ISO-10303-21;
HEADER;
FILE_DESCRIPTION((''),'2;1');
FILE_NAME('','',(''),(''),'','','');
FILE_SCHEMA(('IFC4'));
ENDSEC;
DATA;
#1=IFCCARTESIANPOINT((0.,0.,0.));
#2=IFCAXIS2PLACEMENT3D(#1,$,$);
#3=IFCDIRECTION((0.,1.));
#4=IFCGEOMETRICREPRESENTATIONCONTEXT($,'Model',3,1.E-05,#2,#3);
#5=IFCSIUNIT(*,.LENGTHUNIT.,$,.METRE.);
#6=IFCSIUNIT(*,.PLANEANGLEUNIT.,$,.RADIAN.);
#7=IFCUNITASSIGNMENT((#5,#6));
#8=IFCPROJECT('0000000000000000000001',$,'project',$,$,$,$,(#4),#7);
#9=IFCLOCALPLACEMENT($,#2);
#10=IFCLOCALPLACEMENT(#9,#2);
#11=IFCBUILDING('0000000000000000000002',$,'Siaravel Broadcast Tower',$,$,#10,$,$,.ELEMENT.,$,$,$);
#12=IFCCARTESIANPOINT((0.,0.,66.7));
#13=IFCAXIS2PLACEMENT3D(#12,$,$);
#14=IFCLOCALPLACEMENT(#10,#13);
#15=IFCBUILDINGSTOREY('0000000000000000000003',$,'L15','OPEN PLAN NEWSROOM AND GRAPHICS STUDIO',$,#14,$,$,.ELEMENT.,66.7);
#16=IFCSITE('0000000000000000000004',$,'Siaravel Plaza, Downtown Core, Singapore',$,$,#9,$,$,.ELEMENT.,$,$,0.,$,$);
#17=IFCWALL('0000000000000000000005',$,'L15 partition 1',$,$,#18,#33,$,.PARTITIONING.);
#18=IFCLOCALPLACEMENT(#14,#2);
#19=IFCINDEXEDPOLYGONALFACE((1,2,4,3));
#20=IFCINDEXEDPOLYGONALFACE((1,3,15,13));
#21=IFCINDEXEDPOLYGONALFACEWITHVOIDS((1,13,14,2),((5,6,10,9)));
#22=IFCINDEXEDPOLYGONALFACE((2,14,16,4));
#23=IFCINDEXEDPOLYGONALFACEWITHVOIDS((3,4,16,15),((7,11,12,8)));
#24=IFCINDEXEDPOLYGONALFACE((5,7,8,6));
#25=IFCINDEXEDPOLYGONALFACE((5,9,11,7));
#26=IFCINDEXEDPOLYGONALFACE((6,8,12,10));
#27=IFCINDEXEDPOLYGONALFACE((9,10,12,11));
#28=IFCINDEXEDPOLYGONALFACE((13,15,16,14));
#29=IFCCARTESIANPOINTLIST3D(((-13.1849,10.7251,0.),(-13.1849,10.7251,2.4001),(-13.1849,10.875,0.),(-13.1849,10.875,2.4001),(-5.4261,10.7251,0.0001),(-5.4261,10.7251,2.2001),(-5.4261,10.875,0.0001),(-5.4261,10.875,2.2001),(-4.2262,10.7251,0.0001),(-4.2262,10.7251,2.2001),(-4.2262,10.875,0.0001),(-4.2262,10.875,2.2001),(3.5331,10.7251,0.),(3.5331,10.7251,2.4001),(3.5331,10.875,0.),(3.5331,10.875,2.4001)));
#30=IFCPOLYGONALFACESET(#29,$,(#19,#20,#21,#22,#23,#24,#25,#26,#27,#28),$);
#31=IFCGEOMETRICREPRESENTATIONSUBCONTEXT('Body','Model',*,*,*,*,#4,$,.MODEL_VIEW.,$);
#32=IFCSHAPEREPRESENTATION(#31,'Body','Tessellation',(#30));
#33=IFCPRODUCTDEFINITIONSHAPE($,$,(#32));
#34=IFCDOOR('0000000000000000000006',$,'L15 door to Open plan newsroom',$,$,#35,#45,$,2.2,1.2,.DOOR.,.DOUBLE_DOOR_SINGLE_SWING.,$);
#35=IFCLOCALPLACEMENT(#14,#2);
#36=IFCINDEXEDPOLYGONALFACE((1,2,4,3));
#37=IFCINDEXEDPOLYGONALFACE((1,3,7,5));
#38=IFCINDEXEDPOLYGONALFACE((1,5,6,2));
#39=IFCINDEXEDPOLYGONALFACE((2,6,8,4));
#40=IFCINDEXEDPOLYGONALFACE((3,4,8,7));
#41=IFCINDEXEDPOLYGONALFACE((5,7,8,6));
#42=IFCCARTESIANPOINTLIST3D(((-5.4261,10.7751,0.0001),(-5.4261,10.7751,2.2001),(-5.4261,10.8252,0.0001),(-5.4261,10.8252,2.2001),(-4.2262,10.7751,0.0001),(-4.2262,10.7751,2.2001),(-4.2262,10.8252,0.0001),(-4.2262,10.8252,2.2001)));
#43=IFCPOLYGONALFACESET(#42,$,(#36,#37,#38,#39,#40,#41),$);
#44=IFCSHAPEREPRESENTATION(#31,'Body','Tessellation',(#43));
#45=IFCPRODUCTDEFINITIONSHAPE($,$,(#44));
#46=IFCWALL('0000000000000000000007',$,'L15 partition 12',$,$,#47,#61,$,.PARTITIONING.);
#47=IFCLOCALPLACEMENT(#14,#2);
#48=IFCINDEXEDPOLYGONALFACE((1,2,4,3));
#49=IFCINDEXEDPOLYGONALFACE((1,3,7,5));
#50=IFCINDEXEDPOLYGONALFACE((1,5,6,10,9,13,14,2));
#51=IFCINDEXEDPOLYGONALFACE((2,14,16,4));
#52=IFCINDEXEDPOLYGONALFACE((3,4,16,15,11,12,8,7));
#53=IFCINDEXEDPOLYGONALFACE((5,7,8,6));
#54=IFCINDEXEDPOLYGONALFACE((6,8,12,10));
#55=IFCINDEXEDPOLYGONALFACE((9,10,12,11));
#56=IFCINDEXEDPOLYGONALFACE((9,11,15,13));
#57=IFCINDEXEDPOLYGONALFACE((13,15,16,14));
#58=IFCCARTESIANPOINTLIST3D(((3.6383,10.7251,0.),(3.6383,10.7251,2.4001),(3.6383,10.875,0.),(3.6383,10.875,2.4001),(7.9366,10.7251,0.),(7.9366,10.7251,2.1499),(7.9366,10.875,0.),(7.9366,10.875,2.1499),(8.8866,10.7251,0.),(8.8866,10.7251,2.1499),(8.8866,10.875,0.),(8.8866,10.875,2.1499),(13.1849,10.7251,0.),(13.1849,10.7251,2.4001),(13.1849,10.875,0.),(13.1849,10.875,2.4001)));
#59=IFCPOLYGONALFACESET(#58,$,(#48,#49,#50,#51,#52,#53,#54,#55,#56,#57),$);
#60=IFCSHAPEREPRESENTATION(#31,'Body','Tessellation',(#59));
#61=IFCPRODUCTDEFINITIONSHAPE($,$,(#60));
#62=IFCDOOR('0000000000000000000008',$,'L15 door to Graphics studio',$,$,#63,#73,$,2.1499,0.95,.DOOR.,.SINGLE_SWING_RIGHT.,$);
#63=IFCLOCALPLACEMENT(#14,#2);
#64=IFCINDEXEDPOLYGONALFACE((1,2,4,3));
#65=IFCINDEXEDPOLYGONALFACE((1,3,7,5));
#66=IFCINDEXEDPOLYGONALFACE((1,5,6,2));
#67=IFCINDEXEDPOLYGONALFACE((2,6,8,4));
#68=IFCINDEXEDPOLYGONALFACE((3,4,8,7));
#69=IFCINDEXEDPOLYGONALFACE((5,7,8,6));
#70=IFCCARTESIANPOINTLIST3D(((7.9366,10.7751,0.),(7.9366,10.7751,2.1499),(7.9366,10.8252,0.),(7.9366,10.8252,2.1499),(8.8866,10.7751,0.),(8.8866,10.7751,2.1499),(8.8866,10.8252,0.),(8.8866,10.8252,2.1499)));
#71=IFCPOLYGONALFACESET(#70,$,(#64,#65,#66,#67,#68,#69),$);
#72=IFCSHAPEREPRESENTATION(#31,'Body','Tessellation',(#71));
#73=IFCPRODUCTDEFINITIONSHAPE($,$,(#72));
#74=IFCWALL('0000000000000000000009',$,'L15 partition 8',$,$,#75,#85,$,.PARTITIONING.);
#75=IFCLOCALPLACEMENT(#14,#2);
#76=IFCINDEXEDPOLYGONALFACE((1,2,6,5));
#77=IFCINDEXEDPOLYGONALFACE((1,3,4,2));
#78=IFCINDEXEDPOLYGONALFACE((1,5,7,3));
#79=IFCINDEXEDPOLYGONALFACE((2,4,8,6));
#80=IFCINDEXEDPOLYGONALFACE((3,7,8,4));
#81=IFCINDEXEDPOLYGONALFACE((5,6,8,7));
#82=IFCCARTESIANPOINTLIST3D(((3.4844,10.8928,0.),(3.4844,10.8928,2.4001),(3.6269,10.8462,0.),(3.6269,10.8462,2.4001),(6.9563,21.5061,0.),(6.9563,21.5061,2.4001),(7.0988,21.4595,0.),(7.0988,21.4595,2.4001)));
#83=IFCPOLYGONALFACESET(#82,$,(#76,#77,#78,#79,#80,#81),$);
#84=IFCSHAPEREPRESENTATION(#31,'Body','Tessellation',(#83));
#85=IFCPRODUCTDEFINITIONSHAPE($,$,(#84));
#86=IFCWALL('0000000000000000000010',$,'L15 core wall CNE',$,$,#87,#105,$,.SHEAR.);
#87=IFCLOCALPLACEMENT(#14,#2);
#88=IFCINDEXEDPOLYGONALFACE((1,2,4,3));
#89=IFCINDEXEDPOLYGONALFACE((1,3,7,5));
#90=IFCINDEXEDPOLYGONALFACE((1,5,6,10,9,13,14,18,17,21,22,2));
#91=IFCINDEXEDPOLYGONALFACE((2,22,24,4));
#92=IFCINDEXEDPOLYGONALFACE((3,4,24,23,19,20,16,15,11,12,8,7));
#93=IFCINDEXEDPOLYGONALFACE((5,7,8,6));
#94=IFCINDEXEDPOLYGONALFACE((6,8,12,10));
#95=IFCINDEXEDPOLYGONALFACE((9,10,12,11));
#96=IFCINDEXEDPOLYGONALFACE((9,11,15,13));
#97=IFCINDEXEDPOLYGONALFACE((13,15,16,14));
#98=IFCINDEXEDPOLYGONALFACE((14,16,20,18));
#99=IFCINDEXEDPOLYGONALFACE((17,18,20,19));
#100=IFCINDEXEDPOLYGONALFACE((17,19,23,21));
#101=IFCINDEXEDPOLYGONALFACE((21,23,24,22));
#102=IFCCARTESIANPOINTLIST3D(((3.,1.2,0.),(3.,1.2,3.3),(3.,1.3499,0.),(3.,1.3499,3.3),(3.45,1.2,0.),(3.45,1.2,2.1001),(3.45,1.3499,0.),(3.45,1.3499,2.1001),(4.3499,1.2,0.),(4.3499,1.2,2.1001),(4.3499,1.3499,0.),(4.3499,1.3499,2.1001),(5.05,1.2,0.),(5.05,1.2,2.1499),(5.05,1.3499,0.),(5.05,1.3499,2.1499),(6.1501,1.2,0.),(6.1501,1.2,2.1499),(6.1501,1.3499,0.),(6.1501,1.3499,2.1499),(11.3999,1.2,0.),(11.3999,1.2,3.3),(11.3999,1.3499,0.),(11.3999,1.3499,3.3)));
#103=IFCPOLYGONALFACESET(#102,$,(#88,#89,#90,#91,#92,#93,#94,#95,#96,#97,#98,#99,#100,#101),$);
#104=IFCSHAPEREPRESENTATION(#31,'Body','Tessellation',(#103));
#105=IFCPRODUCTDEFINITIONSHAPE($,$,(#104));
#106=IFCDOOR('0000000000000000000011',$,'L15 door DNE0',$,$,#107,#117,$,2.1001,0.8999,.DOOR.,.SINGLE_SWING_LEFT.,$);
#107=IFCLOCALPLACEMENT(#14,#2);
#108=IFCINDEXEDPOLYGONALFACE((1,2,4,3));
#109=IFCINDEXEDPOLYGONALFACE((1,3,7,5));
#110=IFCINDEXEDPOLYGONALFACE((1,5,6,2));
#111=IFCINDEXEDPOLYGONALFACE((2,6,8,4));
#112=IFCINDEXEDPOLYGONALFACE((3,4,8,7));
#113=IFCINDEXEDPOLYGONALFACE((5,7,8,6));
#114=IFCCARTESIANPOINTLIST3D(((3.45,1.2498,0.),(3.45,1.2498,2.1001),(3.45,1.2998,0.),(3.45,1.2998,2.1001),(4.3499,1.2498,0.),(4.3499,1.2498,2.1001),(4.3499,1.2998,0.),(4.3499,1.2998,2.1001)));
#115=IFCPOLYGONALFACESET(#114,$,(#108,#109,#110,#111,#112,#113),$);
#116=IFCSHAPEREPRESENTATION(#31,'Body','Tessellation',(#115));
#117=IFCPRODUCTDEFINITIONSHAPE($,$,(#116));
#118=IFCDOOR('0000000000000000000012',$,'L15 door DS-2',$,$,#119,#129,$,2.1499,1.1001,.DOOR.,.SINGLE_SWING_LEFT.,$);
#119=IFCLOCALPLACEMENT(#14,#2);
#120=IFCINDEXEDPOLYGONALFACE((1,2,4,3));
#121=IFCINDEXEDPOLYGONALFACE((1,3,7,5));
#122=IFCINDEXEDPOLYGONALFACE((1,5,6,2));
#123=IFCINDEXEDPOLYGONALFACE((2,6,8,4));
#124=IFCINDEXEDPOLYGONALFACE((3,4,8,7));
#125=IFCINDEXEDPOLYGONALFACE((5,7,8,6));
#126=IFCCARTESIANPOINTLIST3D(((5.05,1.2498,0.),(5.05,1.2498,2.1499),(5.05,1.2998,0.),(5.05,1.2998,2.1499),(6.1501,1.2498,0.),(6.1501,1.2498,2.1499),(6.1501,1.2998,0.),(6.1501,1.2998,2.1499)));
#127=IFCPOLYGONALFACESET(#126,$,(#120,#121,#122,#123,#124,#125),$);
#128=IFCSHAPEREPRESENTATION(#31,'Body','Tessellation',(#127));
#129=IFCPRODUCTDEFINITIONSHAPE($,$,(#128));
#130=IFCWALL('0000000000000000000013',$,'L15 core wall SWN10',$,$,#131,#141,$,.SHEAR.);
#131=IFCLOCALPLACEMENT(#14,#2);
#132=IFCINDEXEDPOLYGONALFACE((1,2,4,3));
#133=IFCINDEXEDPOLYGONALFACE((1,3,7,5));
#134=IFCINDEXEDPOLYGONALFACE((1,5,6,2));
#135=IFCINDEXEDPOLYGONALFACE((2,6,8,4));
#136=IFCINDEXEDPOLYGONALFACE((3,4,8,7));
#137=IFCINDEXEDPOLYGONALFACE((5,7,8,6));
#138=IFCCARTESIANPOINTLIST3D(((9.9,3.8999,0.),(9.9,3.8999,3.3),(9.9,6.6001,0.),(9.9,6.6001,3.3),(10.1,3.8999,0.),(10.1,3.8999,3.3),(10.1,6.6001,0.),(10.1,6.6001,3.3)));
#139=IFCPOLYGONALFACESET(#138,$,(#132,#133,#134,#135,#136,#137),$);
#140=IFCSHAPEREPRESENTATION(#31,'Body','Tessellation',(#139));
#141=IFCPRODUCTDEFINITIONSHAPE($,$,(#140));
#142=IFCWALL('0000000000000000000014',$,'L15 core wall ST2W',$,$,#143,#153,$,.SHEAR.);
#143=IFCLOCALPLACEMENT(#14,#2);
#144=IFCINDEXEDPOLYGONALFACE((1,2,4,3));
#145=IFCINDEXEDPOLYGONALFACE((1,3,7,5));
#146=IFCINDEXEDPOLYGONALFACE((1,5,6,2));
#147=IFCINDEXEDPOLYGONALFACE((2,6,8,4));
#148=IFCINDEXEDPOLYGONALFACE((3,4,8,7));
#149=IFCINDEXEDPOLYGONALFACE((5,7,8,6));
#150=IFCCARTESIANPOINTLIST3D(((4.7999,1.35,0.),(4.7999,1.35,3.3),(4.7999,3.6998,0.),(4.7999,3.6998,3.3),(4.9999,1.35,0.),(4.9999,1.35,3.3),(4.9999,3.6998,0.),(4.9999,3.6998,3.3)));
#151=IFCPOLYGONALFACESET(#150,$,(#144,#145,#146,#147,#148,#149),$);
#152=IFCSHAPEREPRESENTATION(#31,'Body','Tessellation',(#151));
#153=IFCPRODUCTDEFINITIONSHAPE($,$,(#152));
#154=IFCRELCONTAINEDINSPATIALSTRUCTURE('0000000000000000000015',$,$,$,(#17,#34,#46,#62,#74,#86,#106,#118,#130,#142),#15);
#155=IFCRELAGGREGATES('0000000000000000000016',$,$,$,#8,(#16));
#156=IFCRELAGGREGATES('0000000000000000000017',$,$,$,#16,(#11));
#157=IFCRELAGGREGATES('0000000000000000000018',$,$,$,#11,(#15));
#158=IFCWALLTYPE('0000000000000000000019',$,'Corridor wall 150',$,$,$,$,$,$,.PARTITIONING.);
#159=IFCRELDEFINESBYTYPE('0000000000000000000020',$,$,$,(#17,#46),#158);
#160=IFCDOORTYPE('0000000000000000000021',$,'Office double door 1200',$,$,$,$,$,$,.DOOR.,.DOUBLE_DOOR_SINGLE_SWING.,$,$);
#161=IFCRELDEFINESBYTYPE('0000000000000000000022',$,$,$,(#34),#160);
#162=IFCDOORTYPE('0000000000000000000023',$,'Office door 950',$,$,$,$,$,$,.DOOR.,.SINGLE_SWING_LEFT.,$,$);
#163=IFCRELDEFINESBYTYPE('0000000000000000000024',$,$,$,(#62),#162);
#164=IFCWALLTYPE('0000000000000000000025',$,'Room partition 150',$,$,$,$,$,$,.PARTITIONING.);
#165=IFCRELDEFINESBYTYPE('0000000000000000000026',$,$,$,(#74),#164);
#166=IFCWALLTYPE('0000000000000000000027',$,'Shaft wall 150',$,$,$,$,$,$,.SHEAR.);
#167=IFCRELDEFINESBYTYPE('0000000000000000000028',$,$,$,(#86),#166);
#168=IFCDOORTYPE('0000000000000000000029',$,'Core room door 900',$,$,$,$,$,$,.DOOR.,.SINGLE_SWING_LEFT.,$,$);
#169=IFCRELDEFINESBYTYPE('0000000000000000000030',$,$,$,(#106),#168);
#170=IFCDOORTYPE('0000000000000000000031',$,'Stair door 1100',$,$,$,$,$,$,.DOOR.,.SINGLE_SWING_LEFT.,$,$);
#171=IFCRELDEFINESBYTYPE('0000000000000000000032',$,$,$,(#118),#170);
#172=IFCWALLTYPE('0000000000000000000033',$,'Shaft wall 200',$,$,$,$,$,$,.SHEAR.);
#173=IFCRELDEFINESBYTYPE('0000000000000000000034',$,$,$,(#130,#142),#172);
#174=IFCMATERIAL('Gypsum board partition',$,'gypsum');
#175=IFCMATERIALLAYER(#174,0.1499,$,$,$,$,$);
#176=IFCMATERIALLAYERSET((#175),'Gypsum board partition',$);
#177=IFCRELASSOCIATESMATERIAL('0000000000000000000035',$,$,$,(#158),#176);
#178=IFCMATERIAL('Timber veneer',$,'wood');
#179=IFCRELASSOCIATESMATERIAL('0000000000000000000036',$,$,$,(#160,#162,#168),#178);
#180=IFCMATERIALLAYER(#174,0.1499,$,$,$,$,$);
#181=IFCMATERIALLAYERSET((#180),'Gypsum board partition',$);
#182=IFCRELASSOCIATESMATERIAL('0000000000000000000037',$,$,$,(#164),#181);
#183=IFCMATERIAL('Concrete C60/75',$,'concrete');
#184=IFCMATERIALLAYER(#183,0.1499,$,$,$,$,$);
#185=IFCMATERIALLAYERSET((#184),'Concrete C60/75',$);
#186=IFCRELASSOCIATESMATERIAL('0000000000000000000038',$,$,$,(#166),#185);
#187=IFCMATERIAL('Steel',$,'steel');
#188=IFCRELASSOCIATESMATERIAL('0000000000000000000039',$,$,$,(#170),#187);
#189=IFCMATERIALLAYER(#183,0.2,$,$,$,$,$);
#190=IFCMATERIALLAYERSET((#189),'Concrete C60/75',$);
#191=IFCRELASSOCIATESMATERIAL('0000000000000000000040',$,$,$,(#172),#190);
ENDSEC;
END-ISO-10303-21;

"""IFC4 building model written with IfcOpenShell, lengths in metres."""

from ifc_helpers import new_model, si_unit, direction, frame, frame_2d, origin, place, context, subcontext, project, spatial, rectangle, extrude, material, layer, layer_set, type_object, element, fill, save


model = new_model("IFC4")

# Units and contexts
model_context = context("Model", 3, precision=1e-05, world=origin(), true_north=direction((0.0, 1.0)))
body_context = subcontext(model_context, "Body", "Model", "MODEL_VIEW")
ifc_project = project(units=[si_unit("LENGTHUNIT", "METRE"), si_unit("PLANEANGLEUNIT", "RADIAN")], contexts=[model_context])

# Site, building, storey
site_placement = place(None, origin())
site = spatial("IfcSite", under=ifc_project, at=site_placement, Name="Siaravel Plaza, Downtown Core, Singapore", CompositionType="ELEMENT", RefElevation=0.0)
building_placement = place(site_placement, origin())
building = spatial("IfcBuilding", under=site, at=building_placement, Name="Siaravel Broadcast Tower", CompositionType="ELEMENT")
storey_placement = place(building_placement, frame((0.0, 0.0, 66.7)))
storey = spatial("IfcBuildingStorey", under=building, at=storey_placement, Name="L15", Description="OPEN PLAN NEWSROOM AND GRAPHICS STUDIO", CompositionType="ELEMENT", Elevation=66.7)

# Walls, openings, doors
ifc_material_1 = material(Name="Gypsum board partition", Category="gypsum")
ifc_layer_1 = layer(ifc_material_1, 0.1499)
ifc_layer_set_1 = layer_set([ifc_layer_1], Name="Gypsum board partition")
wall_type_1 = type_object("IfcWallType", Name="Corridor wall 150", PredefinedType="PARTITIONING", material=ifc_layer_set_1)
wall_1_placement = place(storey_placement, frame((3.533, 10.8, 0.0), z_axis=(0.0, 0.0, 1.0), x_axis=(-1.0, 0.0, 0.0)))
wall_1 = element("IfcWall", 1, at=wall_1_placement, inside=storey, type_object=wall_type_1, Name="L15 partition 1", PredefinedType="PARTITIONING", context=body_context, shape_type="SweptSolid", body=[
    extrude(rectangle(XDim=16.718, YDim=0.1499, at=frame_2d((8.3589, 0.0))), origin(), (0.0, 0.0, 1.0), 2.4001),
])
opening_1_placement = place(wall_1_placement, frame((7.759, 0.0, 0.0)))
opening_1 = element("IfcOpeningElement", 2, at=opening_1_placement, cuts=wall_1, PredefinedType="OPENING", context=body_context, shape_type="SweptSolid", body=[
    extrude(rectangle(XDim=1.2, YDim=2.2, at=frame_2d((0.6001, 1.1001))), frame((0.0, 0.085, 0.0), z_axis=(0.0, -1.0, 0.0), x_axis=(1.0, 0.0, 0.0)), (0.0, 0.0, 1.0), 0.1699),
])
ifc_material_2 = material(Name="Timber veneer", Category="wood")
door_type_1 = type_object("IfcDoorType", Name="Office double door 1200", OperationType="DOUBLE_DOOR_SINGLE_SWING", PredefinedType="DOOR", material=ifc_material_2)
door_1_placement = place(opening_1_placement, origin())
door_1 = element("IfcDoor", 3, at=door_1_placement, inside=storey, type_object=door_type_1, Name="L15 door to Open plan newsroom", OperationType="DOUBLE_DOOR_SINGLE_SWING", OverallHeight=2.2, OverallWidth=1.2, PredefinedType="DOOR", context=body_context, shape_type="SweptSolid", body=[
    extrude(rectangle(XDim=1.2, YDim=2.2, at=frame_2d((0.6001, 1.1001))), frame((0.0, 0.0249, 0.0), z_axis=(0.0, -1.0, 0.0), x_axis=(1.0, 0.0, 0.0)), (0.0, 0.0, 1.0), 0.05),
])
fill(opening_1, door_1)
wall_2_placement = place(storey_placement, frame((13.1851, 10.8, 0.0), z_axis=(0.0, 0.0, 1.0), x_axis=(-1.0, 0.0, 0.0)))
wall_2 = element("IfcWall", 4, at=wall_2_placement, inside=storey, type_object=wall_type_1, Name="L15 partition 12", PredefinedType="PARTITIONING", context=body_context, shape_type="SweptSolid", body=[
    extrude(rectangle(XDim=9.5466, YDim=0.1499, at=frame_2d((4.7734, 0.0))), origin(), (0.0, 0.0, 1.0), 2.4001),
])
opening_2_placement = place(wall_2_placement, frame((4.2983, 0.0, 0.0)))
opening_2 = element("IfcOpeningElement", 5, at=opening_2_placement, cuts=wall_2, PredefinedType="OPENING", context=body_context, shape_type="SweptSolid", body=[
    extrude(rectangle(XDim=0.95, YDim=2.1499, at=frame_2d((0.4751, 1.075))), frame((0.0, 0.085, 0.0), z_axis=(0.0, -1.0, 0.0), x_axis=(1.0, 0.0, 0.0)), (0.0, 0.0, 1.0), 0.1699),
])
door_type_2 = type_object("IfcDoorType", Name="Office door 950", OperationType="SINGLE_SWING_LEFT", PredefinedType="DOOR", material=ifc_material_2)
door_2_placement = place(opening_2_placement, origin())
door_2 = element("IfcDoor", 6, at=door_2_placement, inside=storey, type_object=door_type_2, Name="L15 door to Graphics studio", OperationType="SINGLE_SWING_RIGHT", OverallHeight=2.1499, OverallWidth=0.95, PredefinedType="DOOR", context=body_context, shape_type="SweptSolid", body=[
    extrude(rectangle(XDim=0.95, YDim=2.1499, at=frame_2d((0.4751, 1.075))), frame((0.0, 0.0249, 0.0), z_axis=(0.0, -1.0, 0.0), x_axis=(1.0, 0.0, 0.0)), (0.0, 0.0, 1.0), 0.05),
])
fill(opening_2, door_2)

# Wall
ifc_layer_2 = layer(ifc_material_1, 0.1499)
ifc_layer_set_2 = layer_set([ifc_layer_2], Name="Gypsum board partition")
wall_type_2 = type_object("IfcWallType", Name="Room partition 150", PredefinedType="PARTITIONING", material=ifc_layer_set_2)
wall_3_placement = place(storey_placement, frame((7.0276, 21.4829, 0.0), z_axis=(0.0, 0.0, 1.0), x_axis=(-0.310917, -0.950437, 0.0)))
element("IfcWall", 7, at=wall_3_placement, inside=storey, type_object=wall_type_2, Name="L15 partition 8", PredefinedType="PARTITIONING", context=body_context, shape_type="SweptSolid", body=[
    extrude(rectangle(XDim=11.1667, YDim=0.1499, at=frame_2d((5.5835, 0.0))), origin(), (0.0, 0.0, 1.0), 2.4001),
])

# Wall, openings, doors
ifc_material_3 = material(Name="Concrete C60/75", Category="concrete")
ifc_layer_3 = layer(ifc_material_3, 0.1499)
ifc_layer_set_3 = layer_set([ifc_layer_3], Name="Concrete C60/75")
wall_type_3 = type_object("IfcWallType", Name="Shaft wall 150", PredefinedType="SHEAR", material=ifc_layer_set_3)
wall_4_placement = place(storey_placement, frame((3.0, 1.2749, 0.0), z_axis=(0.0, 0.0, 1.0), x_axis=(1.0, 0.0, 0.0)))
wall_4 = element("IfcWall", 8, at=wall_4_placement, inside=storey, type_object=wall_type_3, Name="L15 core wall CNE", PredefinedType="SHEAR", context=body_context, shape_type="SweptSolid", body=[
    extrude(rectangle(XDim=8.3999, YDim=0.1499, at=frame_2d((4.2, 0.0))), origin(), (0.0, 0.0, 1.0), 3.3),
])
opening_3_placement = place(wall_4_placement, frame((2.05, 0.0, 0.0)))
opening_3 = element("IfcOpeningElement", 9, at=opening_3_placement, cuts=wall_4, PredefinedType="OPENING", context=body_context, shape_type="SweptSolid", body=[
    extrude(rectangle(XDim=1.1001, YDim=2.1499, at=frame_2d((0.55, 1.075))), frame((0.0, 0.085, 0.0), z_axis=(0.0, -1.0, 0.0), x_axis=(1.0, 0.0, 0.0)), (0.0, 0.0, 1.0), 0.1699),
])
opening_4_placement = place(wall_4_placement, frame((0.45, 0.0, 0.0)))
opening_4 = element("IfcOpeningElement", 10, at=opening_4_placement, cuts=wall_4, PredefinedType="OPENING", context=body_context, shape_type="SweptSolid", body=[
    extrude(rectangle(XDim=0.8999, YDim=2.1001, at=frame_2d((0.45, 1.05))), frame((0.0, 0.085, 0.0), z_axis=(0.0, -1.0, 0.0), x_axis=(1.0, 0.0, 0.0)), (0.0, 0.0, 1.0), 0.1699),
])
door_type_3 = type_object("IfcDoorType", Name="Core room door 900", OperationType="SINGLE_SWING_LEFT", PredefinedType="DOOR", material=ifc_material_2)
door_3_placement = place(opening_4_placement, origin())
door_3 = element("IfcDoor", 11, at=door_3_placement, inside=storey, type_object=door_type_3, Name="L15 door DNE0", OperationType="SINGLE_SWING_LEFT", OverallHeight=2.1001, OverallWidth=0.8999, PredefinedType="DOOR", context=body_context, shape_type="SweptSolid", body=[
    extrude(rectangle(XDim=0.8999, YDim=2.1001, at=frame_2d((0.45, 1.05))), frame((0.0, 0.0249, 0.0), z_axis=(0.0, -1.0, 0.0), x_axis=(1.0, 0.0, 0.0)), (0.0, 0.0, 1.0), 0.05),
])
fill(opening_4, door_3)
ifc_material_4 = material(Name="Steel", Category="steel")
door_type_4 = type_object("IfcDoorType", Name="Stair door 1100", OperationType="SINGLE_SWING_LEFT", PredefinedType="DOOR", material=ifc_material_4)
door_4_placement = place(opening_3_placement, origin())
door_4 = element("IfcDoor", 12, at=door_4_placement, inside=storey, type_object=door_type_4, Name="L15 door DS-2", OperationType="SINGLE_SWING_LEFT", OverallHeight=2.1499, OverallWidth=1.1001, PredefinedType="DOOR", context=body_context, shape_type="SweptSolid", body=[
    extrude(rectangle(XDim=1.1001, YDim=2.1499, at=frame_2d((0.55, 1.075))), frame((0.0, 0.0249, 0.0), z_axis=(0.0, -1.0, 0.0), x_axis=(1.0, 0.0, 0.0)), (0.0, 0.0, 1.0), 0.05),
])
fill(opening_3, door_4)

# Walls
ifc_layer_4 = layer(ifc_material_3, 0.2)
ifc_layer_set_4 = layer_set([ifc_layer_4], Name="Concrete C60/75")
wall_type_4 = type_object("IfcWallType", Name="Shaft wall 200", PredefinedType="SHEAR", material=ifc_layer_set_4)
wall_5_placement = place(storey_placement, frame((10.0, 3.8999, 0.0), z_axis=(0.0, 0.0, 1.0), x_axis=(0.0, 1.0, 0.0)))
element("IfcWall", 13, at=wall_5_placement, inside=storey, type_object=wall_type_4, Name="L15 core wall SWN10", PredefinedType="SHEAR", context=body_context, shape_type="SweptSolid", body=[
    extrude(rectangle(XDim=2.7002, YDim=0.2, at=frame_2d((1.3501, 0.0))), origin(), (0.0, 0.0, 1.0), 3.3),
])
wall_6_placement = place(storey_placement, frame((4.8999, 1.3501, 0.0), z_axis=(0.0, 0.0, 1.0), x_axis=(0.0, 1.0, 0.0)))
element("IfcWall", 14, at=wall_6_placement, inside=storey, type_object=wall_type_4, Name="L15 core wall ST2W", PredefinedType="SHEAR", context=body_context, shape_type="SweptSolid", body=[
    extrude(rectangle(XDim=2.3499, YDim=0.2, at=frame_2d((1.1748, 0.0))), origin(), (0.0, 0.0, 1.0), 3.3),
])

save(model, "model.ifc")
